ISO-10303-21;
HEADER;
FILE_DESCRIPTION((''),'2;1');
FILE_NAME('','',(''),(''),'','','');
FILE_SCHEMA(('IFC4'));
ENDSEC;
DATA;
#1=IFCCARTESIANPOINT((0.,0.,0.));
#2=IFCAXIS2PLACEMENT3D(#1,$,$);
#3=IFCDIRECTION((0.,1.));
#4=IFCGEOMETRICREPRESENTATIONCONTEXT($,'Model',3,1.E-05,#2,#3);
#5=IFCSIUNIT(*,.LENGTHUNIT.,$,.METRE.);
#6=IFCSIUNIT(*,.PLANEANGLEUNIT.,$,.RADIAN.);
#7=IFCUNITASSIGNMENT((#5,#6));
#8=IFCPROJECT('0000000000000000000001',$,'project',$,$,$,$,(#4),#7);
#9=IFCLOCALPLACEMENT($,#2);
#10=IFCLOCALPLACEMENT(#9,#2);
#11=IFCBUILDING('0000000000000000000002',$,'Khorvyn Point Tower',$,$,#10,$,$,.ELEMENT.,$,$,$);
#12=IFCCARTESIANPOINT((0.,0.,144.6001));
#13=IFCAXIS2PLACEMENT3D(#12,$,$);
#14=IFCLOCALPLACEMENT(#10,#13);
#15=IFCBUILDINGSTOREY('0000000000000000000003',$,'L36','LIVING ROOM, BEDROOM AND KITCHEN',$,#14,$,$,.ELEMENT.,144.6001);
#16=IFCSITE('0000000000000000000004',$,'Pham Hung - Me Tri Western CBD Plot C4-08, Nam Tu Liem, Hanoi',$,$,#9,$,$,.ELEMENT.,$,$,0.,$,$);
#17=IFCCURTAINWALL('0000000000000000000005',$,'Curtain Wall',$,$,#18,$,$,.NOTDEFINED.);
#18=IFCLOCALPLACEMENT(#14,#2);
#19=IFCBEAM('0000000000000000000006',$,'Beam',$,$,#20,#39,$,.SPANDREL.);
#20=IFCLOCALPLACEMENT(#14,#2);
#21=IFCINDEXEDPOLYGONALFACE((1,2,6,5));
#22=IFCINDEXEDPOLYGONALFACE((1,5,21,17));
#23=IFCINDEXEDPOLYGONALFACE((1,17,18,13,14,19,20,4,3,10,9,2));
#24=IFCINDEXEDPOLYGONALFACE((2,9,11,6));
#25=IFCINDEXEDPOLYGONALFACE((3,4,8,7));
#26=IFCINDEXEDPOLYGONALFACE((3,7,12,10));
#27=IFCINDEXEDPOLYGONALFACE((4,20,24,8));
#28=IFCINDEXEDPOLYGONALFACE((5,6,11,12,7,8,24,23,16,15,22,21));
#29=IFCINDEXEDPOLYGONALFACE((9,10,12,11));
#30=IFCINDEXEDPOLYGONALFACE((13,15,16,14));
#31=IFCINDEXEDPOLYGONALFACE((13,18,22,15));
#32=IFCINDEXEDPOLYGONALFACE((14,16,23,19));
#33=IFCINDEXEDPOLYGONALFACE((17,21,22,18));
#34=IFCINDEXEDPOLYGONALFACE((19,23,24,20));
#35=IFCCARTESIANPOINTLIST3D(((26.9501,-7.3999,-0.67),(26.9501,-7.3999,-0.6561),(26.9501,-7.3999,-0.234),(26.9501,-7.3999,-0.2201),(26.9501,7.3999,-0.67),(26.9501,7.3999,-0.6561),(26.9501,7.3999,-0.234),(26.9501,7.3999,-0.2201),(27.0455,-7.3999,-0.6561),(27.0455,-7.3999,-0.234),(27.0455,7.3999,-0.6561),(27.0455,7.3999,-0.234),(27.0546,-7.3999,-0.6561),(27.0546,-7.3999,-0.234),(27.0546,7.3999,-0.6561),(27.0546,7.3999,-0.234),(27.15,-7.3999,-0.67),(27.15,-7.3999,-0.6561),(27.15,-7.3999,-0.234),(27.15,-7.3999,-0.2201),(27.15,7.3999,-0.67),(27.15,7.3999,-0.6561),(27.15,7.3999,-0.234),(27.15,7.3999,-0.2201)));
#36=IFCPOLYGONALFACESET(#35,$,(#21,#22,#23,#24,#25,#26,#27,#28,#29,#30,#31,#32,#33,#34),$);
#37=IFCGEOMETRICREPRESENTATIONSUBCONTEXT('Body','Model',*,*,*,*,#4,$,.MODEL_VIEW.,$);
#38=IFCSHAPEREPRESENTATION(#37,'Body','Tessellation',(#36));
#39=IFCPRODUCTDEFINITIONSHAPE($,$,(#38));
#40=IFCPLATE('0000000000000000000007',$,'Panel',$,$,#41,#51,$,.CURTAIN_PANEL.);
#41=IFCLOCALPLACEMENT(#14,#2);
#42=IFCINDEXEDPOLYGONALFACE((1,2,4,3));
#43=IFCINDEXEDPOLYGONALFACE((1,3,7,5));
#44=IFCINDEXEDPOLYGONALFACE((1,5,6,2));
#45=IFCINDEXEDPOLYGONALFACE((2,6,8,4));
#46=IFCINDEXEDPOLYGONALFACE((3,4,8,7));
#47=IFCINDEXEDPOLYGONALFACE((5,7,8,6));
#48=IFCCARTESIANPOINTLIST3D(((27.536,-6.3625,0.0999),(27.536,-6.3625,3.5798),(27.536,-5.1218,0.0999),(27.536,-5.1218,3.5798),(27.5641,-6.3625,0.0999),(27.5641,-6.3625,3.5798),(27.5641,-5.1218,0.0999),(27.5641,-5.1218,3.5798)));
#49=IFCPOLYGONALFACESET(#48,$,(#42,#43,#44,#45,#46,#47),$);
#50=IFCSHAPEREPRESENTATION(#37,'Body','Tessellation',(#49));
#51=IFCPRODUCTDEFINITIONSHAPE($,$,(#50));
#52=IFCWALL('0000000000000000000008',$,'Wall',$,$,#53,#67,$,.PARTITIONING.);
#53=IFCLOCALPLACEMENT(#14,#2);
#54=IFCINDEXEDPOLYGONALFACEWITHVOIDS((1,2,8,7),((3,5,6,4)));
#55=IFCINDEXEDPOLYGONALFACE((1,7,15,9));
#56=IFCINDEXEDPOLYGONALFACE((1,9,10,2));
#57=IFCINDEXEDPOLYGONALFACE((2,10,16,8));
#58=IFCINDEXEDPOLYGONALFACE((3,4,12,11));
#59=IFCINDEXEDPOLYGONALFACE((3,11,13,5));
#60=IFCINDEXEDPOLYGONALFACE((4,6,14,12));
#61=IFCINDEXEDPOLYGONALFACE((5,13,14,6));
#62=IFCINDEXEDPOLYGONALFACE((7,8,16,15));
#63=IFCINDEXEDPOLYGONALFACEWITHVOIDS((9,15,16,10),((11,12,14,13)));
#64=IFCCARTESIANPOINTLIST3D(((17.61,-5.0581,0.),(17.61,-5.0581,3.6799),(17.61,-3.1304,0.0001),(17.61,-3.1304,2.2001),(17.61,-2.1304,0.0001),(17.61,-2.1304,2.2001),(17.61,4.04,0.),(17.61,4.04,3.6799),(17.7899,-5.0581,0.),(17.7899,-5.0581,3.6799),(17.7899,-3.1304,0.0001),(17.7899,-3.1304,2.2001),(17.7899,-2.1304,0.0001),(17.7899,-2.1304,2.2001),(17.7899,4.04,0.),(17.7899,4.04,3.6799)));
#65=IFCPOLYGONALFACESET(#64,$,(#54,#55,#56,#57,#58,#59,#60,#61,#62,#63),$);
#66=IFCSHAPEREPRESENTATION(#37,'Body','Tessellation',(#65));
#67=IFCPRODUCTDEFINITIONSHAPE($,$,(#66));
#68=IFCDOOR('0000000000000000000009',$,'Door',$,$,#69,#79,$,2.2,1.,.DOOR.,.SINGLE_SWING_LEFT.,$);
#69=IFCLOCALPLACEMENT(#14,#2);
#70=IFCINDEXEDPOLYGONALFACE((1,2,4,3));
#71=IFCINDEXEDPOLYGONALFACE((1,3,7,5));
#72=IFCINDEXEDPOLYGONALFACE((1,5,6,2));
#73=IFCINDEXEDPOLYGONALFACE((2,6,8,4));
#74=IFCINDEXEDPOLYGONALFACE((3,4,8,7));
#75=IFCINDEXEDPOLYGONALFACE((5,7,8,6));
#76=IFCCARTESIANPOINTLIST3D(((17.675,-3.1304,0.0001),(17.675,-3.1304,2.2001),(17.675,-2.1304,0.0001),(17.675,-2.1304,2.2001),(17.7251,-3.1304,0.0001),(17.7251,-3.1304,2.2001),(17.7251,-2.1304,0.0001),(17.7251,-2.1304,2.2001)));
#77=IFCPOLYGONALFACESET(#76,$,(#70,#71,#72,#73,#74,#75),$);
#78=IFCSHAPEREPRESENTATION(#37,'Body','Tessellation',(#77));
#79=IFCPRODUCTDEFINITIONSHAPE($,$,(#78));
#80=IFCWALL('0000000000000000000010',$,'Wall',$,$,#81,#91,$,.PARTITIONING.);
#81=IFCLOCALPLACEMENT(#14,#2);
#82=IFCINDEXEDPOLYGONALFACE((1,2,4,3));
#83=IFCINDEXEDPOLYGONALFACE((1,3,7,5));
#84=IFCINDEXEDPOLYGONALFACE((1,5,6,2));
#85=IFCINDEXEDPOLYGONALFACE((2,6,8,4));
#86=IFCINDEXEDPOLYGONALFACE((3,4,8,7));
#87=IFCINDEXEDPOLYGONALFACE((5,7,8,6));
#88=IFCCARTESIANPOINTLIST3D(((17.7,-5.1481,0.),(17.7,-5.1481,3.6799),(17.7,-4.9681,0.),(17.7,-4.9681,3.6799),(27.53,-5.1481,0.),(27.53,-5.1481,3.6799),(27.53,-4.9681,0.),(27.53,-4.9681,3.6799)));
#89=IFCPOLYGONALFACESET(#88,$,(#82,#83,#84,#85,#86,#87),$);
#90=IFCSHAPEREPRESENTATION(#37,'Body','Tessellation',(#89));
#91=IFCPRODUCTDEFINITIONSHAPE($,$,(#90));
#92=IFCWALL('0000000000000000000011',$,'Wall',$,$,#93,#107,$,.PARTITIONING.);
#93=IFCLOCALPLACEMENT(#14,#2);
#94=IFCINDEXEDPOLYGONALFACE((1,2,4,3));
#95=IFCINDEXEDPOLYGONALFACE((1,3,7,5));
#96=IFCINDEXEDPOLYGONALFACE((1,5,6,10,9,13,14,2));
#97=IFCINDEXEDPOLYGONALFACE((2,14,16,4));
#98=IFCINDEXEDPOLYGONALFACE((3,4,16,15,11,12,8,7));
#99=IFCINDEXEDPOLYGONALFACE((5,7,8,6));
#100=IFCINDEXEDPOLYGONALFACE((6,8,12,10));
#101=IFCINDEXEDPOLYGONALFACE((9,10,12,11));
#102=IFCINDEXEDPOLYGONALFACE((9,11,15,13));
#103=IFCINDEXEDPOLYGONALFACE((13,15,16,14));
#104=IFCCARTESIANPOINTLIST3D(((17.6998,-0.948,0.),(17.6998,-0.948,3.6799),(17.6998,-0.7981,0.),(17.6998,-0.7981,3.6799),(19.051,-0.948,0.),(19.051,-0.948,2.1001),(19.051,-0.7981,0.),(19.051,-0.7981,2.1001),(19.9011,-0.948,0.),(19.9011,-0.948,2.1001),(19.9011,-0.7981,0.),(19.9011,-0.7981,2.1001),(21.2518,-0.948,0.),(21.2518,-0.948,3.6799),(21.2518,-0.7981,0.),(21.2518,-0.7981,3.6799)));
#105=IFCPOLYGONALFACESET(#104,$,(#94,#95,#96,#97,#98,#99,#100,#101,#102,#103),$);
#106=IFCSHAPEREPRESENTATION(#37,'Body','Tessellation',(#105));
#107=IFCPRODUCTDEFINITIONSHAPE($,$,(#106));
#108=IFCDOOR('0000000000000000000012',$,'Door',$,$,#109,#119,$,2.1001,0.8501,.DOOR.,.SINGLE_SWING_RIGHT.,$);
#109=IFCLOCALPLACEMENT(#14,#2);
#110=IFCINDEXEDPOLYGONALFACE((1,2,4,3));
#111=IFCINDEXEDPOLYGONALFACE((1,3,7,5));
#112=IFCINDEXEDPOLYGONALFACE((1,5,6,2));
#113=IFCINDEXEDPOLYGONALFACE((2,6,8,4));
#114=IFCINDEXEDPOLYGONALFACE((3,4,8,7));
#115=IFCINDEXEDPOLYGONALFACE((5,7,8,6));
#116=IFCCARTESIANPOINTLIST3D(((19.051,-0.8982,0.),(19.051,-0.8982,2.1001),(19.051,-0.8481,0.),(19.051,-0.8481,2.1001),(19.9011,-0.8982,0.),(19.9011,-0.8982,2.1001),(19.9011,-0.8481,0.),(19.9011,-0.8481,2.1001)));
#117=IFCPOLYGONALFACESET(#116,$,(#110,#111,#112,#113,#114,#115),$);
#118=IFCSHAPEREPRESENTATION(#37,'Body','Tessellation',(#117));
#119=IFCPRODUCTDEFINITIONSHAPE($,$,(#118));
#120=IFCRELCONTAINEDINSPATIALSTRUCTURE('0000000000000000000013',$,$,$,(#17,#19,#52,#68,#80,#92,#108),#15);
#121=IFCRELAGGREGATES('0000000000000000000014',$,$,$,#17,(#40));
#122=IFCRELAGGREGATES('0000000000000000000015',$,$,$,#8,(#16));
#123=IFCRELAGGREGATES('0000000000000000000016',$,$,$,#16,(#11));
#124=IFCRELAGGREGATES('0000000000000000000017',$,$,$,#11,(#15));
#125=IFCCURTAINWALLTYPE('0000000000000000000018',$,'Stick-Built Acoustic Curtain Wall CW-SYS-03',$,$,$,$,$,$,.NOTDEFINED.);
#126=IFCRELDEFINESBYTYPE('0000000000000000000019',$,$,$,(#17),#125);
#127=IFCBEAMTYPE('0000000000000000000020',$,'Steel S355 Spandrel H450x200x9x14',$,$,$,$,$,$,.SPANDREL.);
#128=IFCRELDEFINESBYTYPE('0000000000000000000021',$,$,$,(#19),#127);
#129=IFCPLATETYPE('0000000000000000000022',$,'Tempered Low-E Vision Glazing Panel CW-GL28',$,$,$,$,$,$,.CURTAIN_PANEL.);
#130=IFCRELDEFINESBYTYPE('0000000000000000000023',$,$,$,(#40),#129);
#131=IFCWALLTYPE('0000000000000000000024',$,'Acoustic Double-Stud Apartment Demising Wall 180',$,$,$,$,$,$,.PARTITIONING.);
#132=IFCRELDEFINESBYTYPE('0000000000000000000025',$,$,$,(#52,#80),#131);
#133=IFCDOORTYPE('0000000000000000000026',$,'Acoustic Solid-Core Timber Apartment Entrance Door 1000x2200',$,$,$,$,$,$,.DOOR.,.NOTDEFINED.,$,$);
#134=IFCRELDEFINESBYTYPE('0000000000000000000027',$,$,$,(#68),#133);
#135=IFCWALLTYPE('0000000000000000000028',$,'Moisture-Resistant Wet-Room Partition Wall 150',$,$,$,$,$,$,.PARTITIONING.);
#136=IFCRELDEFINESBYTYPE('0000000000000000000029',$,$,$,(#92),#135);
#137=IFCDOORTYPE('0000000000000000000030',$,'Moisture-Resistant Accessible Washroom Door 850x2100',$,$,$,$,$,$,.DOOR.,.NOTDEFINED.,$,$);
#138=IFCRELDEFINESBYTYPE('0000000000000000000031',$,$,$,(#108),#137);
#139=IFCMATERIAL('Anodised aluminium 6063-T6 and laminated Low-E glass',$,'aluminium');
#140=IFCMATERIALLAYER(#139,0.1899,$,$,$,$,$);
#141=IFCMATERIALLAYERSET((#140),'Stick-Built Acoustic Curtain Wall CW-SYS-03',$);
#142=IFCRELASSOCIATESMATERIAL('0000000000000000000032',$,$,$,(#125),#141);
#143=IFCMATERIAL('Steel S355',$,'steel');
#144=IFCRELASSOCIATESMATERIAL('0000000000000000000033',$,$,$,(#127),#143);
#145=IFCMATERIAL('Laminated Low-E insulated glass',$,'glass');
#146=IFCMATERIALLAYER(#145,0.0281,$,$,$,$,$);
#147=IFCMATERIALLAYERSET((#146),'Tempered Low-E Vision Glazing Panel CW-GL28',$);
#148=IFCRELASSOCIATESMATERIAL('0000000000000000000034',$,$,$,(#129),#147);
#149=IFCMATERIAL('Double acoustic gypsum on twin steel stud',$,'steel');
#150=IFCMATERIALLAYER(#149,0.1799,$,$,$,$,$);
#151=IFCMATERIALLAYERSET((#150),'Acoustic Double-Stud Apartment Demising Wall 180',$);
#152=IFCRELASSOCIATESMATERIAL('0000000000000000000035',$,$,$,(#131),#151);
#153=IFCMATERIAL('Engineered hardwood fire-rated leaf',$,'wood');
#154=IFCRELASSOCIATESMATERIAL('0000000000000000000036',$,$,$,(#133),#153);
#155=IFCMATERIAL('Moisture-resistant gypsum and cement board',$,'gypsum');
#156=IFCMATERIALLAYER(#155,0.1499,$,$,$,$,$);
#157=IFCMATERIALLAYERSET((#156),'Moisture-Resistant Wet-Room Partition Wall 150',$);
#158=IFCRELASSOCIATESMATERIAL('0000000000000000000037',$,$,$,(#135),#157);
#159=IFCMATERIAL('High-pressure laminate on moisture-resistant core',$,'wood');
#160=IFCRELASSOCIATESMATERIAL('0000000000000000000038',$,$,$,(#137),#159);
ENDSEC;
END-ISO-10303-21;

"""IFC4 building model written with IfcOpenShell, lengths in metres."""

from ifc_helpers import new_model, si_unit, direction, frame, frame_2d, origin, origin_2d, place, context, subcontext, project, spatial, rectangle, i_section, extrude, material, layer, layer_set, material_profile, profile_set, type_object, element, fill, aggregate, save


model = new_model("IFC4")

# Units and contexts
model_context = context("Model", 3, precision=1e-05, world=origin(), true_north=direction((0.0, 1.0)))
body_context = subcontext(model_context, "Body", "Model", "MODEL_VIEW")
ifc_project = project(units=[si_unit("LENGTHUNIT", "METRE"), si_unit("PLANEANGLEUNIT", "RADIAN")], contexts=[model_context])

# Site, building, storey
site_placement = place(None, origin())
site = spatial("IfcSite", under=ifc_project, at=site_placement, Name="Pham Hung - Me Tri Western CBD Plot C4-08, Nam Tu Liem, Hanoi", CompositionType="ELEMENT", RefElevation=0.0)
building_placement = place(site_placement, origin())
building = spatial("IfcBuilding", under=site, at=building_placement, Name="Khorvyn Point Tower", CompositionType="ELEMENT")
storey_placement = place(building_placement, frame((0.0, 0.0, 144.6001)))
storey = spatial("IfcBuildingStorey", under=building, at=storey_placement, Name="L36", Description="LIVING ROOM, BEDROOM AND KITCHEN", CompositionType="ELEMENT", Elevation=144.6001)

# Curtain wall
ifc_material_1 = material(Name="Anodised aluminium 6063-T6 and laminated Low-E glass", Category="aluminium")
ifc_layer_1 = layer(ifc_material_1, 0.1899)
ifc_layer_set_1 = layer_set([ifc_layer_1], Name="Stick-Built Acoustic Curtain Wall CW-SYS-03")
curtain_wall_type = type_object("IfcCurtainWallType", Name="Stick-Built Acoustic Curtain Wall CW-SYS-03", PredefinedType="NOTDEFINED", material=ifc_layer_set_1)
curtain_wall_placement = place(storey_placement, origin())
curtain_wall = element("IfcCurtainWall", 1, at=curtain_wall_placement, inside=storey, type_object=curtain_wall_type, Name="Curtain Wall", PredefinedType="NOTDEFINED")

# Beam
ifc_material_2 = material(Name="Steel S355", Category="steel")
ifc_material_profile_1 = material_profile(ifc_material_2, i_section(OverallWidth=0.2, OverallDepth=0.45, WebThickness=0.009, FlangeThickness=0.0139, at=origin_2d()))
ifc_profile_set_1 = profile_set([ifc_material_profile_1], Name="Steel S355 H450x200x9x14")
beam_type_1 = type_object("IfcBeamType", Name="Steel S355 Spandrel H450x200x9x14", PredefinedType="SPANDREL", material=ifc_profile_set_1)
beam_1_placement = place(storey_placement, frame((27.05, -7.3999, -0.4451), z_axis=(0.0, 1.0, 0.0), x_axis=(-1.0, 0.0, 0.0)))
element("IfcBeam", 2, at=beam_1_placement, inside=storey, type_object=beam_type_1, Name="Beam", PredefinedType="SPANDREL", context=body_context, shape_type="SweptSolid", body=[
    extrude(i_section(OverallWidth=0.2, OverallDepth=0.45, WebThickness=0.009, FlangeThickness=0.0139, at=origin_2d()), origin(), (0.0, 0.0, 1.0), 14.7998),
])

# Plate
ifc_material_3 = material(Name="Laminated Low-E insulated glass", Category="glass")
ifc_layer_2 = layer(ifc_material_3, 0.0281)
ifc_layer_set_2 = layer_set([ifc_layer_2], Name="Tempered Low-E Vision Glazing Panel CW-GL28")
plate_type = type_object("IfcPlateType", Name="Tempered Low-E Vision Glazing Panel CW-GL28", PredefinedType="CURTAIN_PANEL", material=ifc_layer_set_2)
plate_placement = place(storey_placement, frame((27.55, -5.7422, 0.0999), z_axis=(0.0, 0.0, 1.0), x_axis=(0.0, -1.0, 0.0)))
plate = element("IfcPlate", 3, at=plate_placement, type_object=plate_type, Name="Panel", PredefinedType="CURTAIN_PANEL", context=body_context, shape_type="SweptSolid", body=[
    extrude(rectangle(XDim=1.2407, YDim=0.0281, at=origin_2d()), origin(), (0.0, 0.0, 1.0), 3.48),
])
aggregate(curtain_wall, [plate])

# Wall, opening, door
ifc_material_4 = material(Name="Double acoustic gypsum on twin steel stud", Category="steel")
ifc_layer_3 = layer(ifc_material_4, 0.1799)
ifc_layer_set_3 = layer_set([ifc_layer_3], Name="Acoustic Double-Stud Apartment Demising Wall 180")
wall_type_1 = type_object("IfcWallType", Name="Acoustic Double-Stud Apartment Demising Wall 180", PredefinedType="PARTITIONING", material=ifc_layer_set_3)
wall_1_placement = place(storey_placement, frame((17.7, -5.0581, 0.0), z_axis=(0.0, 0.0, 1.0), x_axis=(0.0, 1.0, 0.0)))
wall_1 = element("IfcWall", 4, at=wall_1_placement, inside=storey, type_object=wall_type_1, Name="Wall", PredefinedType="PARTITIONING", context=body_context, shape_type="SweptSolid", body=[
    extrude(rectangle(XDim=9.0981, YDim=0.1799, at=frame_2d((4.5491, 0.0))), origin(), (0.0, 0.0, 1.0), 3.6799),
])
opening_1_placement = place(wall_1_placement, frame((1.9277, 0.0, 0.0)))
opening_1 = element("IfcOpeningElement", 5, at=opening_1_placement, cuts=wall_1, PredefinedType="OPENING", context=body_context, shape_type="SweptSolid", body=[
    extrude(rectangle(XDim=1.0, YDim=2.2, at=frame_2d((0.5, 1.1001))), frame((0.0, 0.0999, 0.0), z_axis=(0.0, -1.0, 0.0), x_axis=(1.0, 0.0, 0.0)), (0.0, 0.0, 1.0), 0.2),
])
ifc_material_5 = material(Name="Engineered hardwood fire-rated leaf", Category="wood")
door_type_1 = type_object("IfcDoorType", Name="Acoustic Solid-Core Timber Apartment Entrance Door 1000x2200", OperationType="NOTDEFINED", PredefinedType="DOOR", material=ifc_material_5)
door_1_placement = place(opening_1_placement, origin())
door_1 = element("IfcDoor", 6, at=door_1_placement, inside=storey, type_object=door_type_1, Name="Door", OperationType="SINGLE_SWING_LEFT", OverallHeight=2.2, OverallWidth=1.0, PredefinedType="DOOR", context=body_context, shape_type="SweptSolid", body=[
    extrude(rectangle(XDim=1.0, YDim=2.2, at=frame_2d((0.5, 1.1001))), frame((0.0, 0.0249, 0.0), z_axis=(0.0, -1.0, 0.0), x_axis=(1.0, 0.0, 0.0)), (0.0, 0.0, 1.0), 0.05),
])
fill(opening_1, door_1)

# Wall
wall_2_placement = place(storey_placement, frame((17.7, -5.0581, 0.0), z_axis=(0.0, 0.0, 1.0), x_axis=(1.0, 0.0, 0.0)))
element("IfcWall", 7, at=wall_2_placement, inside=storey, type_object=wall_type_1, Name="Wall", PredefinedType="PARTITIONING", context=body_context, shape_type="SweptSolid", body=[
    extrude(rectangle(XDim=9.8301, YDim=0.1799, at=frame_2d((4.915, 0.0))), origin(), (0.0, 0.0, 1.0), 3.6799),
])

# Wall, opening, door
ifc_material_6 = material(Name="Moisture-resistant gypsum and cement board", Category="gypsum")
ifc_layer_4 = layer(ifc_material_6, 0.1499)
ifc_layer_set_4 = layer_set([ifc_layer_4], Name="Moisture-Resistant Wet-Room Partition Wall 150")
wall_type_2 = type_object("IfcWallType", Name="Moisture-Resistant Wet-Room Partition Wall 150", PredefinedType="PARTITIONING", material=ifc_layer_set_4)
wall_3_placement = place(storey_placement, frame((17.7, -0.873, 0.0), z_axis=(0.0, 0.0, 1.0), x_axis=(1.0, 0.0, 0.0)))
wall_3 = element("IfcWall", 8, at=wall_3_placement, inside=storey, type_object=wall_type_2, Name="Wall", PredefinedType="PARTITIONING", context=body_context, shape_type="SweptSolid", body=[
    extrude(rectangle(XDim=3.552, YDim=0.1499, at=frame_2d((1.7759, 0.0))), origin(), (0.0, 0.0, 1.0), 3.6799),
])
opening_2_placement = place(wall_3_placement, frame((1.3511, 0.0, 0.0)))
opening_2 = element("IfcOpeningElement", 9, at=opening_2_placement, cuts=wall_3, PredefinedType="OPENING", context=body_context, shape_type="SweptSolid", body=[
    extrude(rectangle(XDim=0.8501, YDim=2.1001, at=frame_2d((0.425, 1.05))), frame((0.0, 0.085, 0.0), z_axis=(0.0, -1.0, 0.0), x_axis=(1.0, 0.0, 0.0)), (0.0, 0.0, 1.0), 0.1699),
])
ifc_material_7 = material(Name="High-pressure laminate on moisture-resistant core", Category="wood")
door_type_2 = type_object("IfcDoorType", Name="Moisture-Resistant Accessible Washroom Door 850x2100", OperationType="NOTDEFINED", PredefinedType="DOOR", material=ifc_material_7)
door_2_placement = place(opening_2_placement, origin())
door_2 = element("IfcDoor", 10, at=door_2_placement, inside=storey, type_object=door_type_2, Name="Door", OperationType="SINGLE_SWING_RIGHT", OverallHeight=2.1001, OverallWidth=0.8501, PredefinedType="DOOR", context=body_context, shape_type="SweptSolid", body=[
    extrude(rectangle(XDim=0.8501, YDim=2.1001, at=frame_2d((0.425, 1.05))), frame((0.0, 0.0249, 0.0), z_axis=(0.0, -1.0, 0.0), x_axis=(1.0, 0.0, 0.0)), (0.0, 0.0, 1.0), 0.05),
])
fill(opening_2, door_2)

save(model, "model.ifc")
